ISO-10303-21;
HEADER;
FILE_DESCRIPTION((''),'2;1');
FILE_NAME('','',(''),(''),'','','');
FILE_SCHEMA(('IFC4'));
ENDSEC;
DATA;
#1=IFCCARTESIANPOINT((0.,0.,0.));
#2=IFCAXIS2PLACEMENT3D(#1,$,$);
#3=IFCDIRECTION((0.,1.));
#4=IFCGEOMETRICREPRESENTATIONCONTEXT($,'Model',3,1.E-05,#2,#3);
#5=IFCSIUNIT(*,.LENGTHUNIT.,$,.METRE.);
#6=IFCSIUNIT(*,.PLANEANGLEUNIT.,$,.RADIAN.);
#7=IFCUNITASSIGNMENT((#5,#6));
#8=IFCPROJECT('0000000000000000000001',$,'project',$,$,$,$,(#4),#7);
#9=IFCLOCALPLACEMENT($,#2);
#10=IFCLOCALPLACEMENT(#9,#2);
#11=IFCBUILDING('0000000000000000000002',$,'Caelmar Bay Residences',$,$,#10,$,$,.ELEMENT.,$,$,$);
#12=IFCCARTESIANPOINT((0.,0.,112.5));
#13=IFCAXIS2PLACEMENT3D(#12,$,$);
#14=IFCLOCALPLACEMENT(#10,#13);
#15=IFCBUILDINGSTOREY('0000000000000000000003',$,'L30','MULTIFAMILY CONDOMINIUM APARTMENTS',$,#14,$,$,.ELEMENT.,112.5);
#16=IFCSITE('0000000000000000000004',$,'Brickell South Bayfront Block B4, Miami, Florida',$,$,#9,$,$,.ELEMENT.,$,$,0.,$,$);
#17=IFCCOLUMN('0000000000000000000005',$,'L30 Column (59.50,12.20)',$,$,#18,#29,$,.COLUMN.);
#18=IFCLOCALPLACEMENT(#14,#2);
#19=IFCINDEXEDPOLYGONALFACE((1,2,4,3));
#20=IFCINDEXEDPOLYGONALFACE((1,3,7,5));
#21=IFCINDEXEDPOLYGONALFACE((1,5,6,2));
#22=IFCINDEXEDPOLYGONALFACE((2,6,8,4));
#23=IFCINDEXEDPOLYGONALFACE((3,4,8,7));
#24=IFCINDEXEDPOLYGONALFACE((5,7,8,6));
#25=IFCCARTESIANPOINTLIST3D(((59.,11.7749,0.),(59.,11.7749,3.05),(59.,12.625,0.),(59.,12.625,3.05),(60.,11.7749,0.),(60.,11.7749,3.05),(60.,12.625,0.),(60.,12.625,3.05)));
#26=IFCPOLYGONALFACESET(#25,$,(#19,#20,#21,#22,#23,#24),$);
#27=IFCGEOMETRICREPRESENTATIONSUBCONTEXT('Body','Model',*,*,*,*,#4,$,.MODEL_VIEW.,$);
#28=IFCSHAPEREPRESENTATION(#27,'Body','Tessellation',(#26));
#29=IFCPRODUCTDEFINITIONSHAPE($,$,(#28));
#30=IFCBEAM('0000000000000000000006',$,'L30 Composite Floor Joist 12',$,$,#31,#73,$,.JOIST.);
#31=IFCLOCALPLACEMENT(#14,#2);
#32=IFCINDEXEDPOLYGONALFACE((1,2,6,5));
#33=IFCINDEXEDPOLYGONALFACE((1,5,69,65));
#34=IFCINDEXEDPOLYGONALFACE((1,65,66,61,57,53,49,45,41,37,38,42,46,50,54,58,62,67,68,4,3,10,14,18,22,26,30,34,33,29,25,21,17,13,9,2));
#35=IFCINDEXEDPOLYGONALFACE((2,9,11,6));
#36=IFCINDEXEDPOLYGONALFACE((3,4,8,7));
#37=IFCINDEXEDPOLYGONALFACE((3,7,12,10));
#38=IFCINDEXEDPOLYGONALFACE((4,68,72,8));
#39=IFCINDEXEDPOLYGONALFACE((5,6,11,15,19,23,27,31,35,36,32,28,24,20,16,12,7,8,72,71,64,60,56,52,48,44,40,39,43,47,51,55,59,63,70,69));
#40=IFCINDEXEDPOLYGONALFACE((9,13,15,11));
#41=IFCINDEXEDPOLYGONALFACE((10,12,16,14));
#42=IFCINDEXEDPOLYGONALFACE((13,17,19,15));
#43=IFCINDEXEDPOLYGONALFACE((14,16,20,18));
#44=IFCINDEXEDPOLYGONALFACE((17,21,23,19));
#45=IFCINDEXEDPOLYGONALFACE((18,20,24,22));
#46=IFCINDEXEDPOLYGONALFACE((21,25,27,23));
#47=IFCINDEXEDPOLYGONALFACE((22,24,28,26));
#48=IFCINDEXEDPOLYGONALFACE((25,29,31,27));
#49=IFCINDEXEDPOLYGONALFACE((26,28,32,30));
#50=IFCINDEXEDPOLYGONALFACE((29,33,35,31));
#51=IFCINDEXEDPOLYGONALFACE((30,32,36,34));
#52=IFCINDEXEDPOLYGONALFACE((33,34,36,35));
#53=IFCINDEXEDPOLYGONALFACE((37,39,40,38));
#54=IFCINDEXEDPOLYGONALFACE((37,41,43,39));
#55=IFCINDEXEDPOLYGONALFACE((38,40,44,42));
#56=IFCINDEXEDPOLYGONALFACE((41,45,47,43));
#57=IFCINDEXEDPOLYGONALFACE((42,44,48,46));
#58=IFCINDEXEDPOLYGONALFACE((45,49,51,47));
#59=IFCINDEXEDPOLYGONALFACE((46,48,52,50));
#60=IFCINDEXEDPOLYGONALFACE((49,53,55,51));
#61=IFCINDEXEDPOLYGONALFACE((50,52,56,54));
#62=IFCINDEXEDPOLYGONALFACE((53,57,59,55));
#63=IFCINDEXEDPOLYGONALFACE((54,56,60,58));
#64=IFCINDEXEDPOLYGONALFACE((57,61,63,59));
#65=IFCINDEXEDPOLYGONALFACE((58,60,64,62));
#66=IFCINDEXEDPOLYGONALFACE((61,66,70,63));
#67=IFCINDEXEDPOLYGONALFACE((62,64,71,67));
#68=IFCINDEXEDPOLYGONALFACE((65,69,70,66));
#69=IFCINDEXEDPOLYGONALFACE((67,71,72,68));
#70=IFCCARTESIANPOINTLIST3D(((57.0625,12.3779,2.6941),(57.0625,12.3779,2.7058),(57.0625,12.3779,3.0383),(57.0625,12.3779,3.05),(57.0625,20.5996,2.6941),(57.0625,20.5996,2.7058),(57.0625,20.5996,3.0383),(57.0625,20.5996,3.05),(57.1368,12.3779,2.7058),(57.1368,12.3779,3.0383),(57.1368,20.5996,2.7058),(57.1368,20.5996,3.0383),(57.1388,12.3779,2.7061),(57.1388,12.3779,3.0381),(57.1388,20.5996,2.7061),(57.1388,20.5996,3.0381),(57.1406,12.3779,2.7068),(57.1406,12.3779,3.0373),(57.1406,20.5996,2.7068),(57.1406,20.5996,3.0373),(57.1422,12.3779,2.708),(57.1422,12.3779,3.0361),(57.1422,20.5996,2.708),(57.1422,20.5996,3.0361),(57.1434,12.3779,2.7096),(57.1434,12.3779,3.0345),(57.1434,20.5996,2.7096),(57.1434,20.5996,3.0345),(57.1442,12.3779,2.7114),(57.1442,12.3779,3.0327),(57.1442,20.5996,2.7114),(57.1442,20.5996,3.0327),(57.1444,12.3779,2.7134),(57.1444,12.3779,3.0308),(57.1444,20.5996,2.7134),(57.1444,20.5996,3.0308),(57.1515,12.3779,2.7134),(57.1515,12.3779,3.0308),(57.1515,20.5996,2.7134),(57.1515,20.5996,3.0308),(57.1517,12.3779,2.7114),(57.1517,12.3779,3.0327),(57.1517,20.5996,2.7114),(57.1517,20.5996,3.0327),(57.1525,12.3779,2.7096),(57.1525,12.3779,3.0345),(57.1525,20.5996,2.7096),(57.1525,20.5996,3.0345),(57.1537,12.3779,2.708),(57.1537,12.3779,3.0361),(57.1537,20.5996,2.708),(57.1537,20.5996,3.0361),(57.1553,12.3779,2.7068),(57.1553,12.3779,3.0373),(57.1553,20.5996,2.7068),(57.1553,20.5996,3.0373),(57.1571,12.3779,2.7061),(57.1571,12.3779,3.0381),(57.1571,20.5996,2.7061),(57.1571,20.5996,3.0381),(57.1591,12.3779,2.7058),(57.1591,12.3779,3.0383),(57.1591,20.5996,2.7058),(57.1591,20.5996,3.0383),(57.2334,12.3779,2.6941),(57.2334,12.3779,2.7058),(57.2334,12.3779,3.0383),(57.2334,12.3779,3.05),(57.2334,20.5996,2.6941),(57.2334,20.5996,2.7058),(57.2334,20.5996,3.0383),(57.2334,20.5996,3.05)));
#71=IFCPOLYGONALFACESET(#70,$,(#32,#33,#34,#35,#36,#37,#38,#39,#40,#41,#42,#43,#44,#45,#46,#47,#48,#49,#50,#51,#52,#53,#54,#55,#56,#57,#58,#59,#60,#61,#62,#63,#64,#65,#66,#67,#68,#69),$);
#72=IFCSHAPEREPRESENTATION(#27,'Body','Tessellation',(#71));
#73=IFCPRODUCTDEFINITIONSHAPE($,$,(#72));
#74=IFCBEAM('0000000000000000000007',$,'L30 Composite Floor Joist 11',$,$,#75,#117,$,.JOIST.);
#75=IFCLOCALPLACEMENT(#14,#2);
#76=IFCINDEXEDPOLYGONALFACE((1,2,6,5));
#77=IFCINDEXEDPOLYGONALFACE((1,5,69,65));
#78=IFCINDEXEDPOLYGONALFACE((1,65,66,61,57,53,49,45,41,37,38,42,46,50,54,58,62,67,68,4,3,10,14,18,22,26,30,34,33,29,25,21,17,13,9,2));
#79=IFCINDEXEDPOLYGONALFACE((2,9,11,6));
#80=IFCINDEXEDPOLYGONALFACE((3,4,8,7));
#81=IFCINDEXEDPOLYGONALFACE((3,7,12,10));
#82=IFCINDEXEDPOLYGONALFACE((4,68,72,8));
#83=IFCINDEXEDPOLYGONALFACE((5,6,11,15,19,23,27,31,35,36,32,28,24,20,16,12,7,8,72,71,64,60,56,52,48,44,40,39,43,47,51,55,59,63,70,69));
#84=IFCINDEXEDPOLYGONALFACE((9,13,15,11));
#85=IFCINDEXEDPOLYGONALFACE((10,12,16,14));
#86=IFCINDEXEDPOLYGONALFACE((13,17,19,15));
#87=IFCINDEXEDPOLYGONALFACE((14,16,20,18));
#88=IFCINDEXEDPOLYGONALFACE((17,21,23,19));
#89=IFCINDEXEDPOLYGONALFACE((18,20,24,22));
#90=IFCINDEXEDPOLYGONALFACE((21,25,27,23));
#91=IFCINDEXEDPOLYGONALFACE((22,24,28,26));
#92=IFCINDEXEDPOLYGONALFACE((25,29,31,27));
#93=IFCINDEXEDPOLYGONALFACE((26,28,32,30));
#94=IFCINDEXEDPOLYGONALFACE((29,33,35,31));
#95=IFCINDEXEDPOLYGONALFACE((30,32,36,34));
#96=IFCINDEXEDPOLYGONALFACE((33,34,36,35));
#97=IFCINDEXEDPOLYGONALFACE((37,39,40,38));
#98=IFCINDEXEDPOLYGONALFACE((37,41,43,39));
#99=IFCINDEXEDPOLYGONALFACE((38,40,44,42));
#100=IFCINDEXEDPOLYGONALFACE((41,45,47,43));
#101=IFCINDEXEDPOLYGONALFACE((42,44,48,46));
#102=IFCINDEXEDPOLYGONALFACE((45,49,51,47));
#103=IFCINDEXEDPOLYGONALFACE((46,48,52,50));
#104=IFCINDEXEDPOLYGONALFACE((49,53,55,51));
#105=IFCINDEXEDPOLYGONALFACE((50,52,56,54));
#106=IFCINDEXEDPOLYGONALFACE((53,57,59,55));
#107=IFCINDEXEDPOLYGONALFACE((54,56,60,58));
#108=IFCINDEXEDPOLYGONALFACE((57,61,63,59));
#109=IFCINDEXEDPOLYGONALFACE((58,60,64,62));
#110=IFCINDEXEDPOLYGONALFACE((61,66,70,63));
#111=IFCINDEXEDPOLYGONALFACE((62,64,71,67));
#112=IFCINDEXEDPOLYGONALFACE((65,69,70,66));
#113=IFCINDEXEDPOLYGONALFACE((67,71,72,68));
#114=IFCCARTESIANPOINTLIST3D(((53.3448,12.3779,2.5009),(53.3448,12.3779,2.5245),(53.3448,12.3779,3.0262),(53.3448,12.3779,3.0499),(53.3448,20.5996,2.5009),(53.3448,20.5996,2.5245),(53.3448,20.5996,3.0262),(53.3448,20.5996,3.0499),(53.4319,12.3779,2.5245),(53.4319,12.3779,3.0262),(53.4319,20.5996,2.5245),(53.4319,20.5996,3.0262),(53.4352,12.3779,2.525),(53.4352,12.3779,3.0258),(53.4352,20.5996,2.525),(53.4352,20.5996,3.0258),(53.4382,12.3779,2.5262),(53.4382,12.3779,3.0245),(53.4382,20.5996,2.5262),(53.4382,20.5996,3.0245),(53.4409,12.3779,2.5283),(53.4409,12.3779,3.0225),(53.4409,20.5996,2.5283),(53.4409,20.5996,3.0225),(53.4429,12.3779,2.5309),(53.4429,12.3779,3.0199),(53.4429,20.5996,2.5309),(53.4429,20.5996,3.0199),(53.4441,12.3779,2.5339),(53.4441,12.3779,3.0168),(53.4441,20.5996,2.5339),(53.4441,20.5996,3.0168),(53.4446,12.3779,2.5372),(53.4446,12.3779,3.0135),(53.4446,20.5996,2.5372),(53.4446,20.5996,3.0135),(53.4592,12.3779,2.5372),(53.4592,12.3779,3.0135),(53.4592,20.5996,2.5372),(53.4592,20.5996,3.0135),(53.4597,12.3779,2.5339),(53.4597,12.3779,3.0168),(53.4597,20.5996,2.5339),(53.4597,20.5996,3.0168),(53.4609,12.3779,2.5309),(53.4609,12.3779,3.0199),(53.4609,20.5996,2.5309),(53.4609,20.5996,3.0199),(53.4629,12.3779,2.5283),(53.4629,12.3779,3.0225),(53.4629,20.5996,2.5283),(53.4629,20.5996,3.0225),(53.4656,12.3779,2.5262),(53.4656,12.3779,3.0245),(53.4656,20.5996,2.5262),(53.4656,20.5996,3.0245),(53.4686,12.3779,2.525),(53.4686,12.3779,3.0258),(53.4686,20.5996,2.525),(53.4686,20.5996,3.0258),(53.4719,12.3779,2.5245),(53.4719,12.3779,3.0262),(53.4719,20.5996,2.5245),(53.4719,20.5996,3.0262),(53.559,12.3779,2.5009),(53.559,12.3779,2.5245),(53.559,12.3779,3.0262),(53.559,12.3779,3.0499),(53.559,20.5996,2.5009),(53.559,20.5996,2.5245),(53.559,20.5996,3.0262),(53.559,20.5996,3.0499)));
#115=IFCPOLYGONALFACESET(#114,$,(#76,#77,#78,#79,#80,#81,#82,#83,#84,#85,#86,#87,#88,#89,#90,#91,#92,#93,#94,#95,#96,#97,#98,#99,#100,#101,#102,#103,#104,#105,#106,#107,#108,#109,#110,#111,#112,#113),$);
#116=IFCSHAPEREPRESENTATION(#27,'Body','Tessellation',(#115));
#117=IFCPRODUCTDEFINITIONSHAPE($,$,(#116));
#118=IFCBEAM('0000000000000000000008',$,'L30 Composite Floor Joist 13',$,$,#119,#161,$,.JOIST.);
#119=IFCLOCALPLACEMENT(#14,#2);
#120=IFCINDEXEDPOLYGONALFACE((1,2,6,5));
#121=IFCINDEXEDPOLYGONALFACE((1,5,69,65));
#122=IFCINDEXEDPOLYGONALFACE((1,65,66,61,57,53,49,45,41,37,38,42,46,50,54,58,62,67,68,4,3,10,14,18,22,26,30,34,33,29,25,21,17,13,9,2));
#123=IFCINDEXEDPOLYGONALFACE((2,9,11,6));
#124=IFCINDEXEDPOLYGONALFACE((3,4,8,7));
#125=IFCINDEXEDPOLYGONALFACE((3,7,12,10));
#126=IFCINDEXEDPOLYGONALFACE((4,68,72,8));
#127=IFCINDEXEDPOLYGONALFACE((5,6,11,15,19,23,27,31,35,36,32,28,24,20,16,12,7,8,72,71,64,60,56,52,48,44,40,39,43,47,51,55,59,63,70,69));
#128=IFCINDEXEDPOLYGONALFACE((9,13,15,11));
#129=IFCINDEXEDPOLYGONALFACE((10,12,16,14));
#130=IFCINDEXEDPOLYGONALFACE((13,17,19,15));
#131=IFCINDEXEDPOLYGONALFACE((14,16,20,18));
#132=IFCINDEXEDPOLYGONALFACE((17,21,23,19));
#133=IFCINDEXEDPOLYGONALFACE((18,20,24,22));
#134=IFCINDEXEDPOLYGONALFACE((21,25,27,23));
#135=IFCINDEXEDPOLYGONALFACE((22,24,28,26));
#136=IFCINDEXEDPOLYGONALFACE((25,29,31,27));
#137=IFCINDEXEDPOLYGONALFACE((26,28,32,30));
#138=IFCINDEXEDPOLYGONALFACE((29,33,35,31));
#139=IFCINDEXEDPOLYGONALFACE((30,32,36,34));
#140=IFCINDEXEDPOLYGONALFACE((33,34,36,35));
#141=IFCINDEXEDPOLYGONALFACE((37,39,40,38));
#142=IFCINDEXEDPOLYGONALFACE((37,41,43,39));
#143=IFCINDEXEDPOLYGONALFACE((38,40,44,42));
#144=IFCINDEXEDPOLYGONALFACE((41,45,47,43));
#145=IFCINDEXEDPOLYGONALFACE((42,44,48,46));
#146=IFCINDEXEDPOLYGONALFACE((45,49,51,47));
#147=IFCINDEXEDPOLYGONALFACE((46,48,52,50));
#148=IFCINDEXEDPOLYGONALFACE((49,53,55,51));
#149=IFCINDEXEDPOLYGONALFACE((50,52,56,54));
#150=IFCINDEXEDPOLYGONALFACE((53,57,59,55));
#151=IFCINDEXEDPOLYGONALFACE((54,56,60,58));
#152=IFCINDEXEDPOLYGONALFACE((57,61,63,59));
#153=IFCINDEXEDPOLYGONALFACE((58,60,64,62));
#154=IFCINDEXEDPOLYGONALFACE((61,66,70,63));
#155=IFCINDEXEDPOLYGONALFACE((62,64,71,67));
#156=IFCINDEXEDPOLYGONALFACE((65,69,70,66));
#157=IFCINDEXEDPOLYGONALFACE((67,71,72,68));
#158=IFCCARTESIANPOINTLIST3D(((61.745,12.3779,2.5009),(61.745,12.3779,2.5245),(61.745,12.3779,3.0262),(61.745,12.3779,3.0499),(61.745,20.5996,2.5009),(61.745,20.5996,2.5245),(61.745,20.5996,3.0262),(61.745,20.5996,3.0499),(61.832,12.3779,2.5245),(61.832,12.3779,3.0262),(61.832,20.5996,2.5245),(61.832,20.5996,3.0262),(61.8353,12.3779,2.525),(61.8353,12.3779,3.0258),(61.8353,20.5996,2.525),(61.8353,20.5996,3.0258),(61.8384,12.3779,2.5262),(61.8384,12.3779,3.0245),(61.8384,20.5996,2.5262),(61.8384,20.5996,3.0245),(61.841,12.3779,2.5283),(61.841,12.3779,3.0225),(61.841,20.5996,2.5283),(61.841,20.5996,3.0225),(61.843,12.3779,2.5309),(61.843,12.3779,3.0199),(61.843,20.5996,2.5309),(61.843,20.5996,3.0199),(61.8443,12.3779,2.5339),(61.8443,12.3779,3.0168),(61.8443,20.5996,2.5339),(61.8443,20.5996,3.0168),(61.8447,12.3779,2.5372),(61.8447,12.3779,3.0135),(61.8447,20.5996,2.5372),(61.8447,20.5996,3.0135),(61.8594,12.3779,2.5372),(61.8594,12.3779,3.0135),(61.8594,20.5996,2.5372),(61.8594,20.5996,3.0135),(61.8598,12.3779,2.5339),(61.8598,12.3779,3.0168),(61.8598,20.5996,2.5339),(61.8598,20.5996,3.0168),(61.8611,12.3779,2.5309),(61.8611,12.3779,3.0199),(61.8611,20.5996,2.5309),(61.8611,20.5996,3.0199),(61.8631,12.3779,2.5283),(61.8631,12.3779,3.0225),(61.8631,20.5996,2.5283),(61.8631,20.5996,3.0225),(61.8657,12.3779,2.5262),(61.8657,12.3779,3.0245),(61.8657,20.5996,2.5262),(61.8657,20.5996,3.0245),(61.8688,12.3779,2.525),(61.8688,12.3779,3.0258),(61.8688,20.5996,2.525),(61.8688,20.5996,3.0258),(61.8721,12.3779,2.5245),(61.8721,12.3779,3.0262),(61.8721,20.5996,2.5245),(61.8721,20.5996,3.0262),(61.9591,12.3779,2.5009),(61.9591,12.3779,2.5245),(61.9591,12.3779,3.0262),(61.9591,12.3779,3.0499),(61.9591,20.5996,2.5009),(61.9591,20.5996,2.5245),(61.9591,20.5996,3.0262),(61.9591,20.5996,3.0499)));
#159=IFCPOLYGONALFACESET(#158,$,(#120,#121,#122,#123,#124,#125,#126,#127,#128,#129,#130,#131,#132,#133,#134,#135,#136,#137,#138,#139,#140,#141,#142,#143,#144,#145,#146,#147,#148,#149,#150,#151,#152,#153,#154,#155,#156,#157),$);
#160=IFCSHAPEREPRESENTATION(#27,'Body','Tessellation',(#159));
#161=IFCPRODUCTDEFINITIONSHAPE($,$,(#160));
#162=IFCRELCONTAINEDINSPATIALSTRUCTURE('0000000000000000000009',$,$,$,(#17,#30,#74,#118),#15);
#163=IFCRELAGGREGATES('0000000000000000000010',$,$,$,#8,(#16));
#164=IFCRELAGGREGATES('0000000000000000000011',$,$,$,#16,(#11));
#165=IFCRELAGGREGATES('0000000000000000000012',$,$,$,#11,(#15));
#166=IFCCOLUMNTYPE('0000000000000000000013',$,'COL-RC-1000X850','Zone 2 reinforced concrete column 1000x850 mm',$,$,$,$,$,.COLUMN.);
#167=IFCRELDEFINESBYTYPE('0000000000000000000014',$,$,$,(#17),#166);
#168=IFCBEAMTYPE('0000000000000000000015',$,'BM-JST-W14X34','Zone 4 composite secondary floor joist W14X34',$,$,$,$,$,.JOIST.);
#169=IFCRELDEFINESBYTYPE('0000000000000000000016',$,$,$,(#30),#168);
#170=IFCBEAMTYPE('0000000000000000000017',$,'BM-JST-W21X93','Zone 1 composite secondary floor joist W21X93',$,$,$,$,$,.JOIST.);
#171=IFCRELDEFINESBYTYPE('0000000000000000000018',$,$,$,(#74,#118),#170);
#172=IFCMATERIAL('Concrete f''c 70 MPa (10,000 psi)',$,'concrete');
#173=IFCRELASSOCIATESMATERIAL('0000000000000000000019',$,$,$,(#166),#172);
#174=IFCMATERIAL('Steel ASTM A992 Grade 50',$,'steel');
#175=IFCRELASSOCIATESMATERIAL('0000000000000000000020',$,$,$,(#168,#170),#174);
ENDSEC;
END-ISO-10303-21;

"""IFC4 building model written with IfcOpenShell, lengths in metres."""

from ifc_helpers import new_model, si_unit, direction, frame, origin, origin_2d, place, context, subcontext, project, spatial, rectangle, i_section, extrude, material, material_profile, profile_set, type_object, element, save


model = new_model("IFC4")

# Units and contexts
model_context = context("Model", 3, precision=1e-05, world=origin(), true_north=direction((0.0, 1.0)))
body_context = subcontext(model_context, "Body", "Model", "MODEL_VIEW")
ifc_project = project(units=[si_unit("LENGTHUNIT", "METRE"), si_unit("PLANEANGLEUNIT", "RADIAN")], contexts=[model_context])

# Site, building, storey
site_placement = place(None, origin())
site = spatial("IfcSite", under=ifc_project, at=site_placement, Name="Brickell South Bayfront Block B4, Miami, Florida", CompositionType="ELEMENT", RefElevation=0.0)
building_placement = place(site_placement, origin())
building = spatial("IfcBuilding", under=site, at=building_placement, Name="Caelmar Bay Residences", CompositionType="ELEMENT")
storey_placement = place(building_placement, frame((0.0, 0.0, 112.5)))
storey = spatial("IfcBuildingStorey", under=building, at=storey_placement, Name="L30", Description="MULTIFAMILY CONDOMINIUM APARTMENTS", CompositionType="ELEMENT", Elevation=112.5)

# Column
ifc_material_1 = material(Name="Concrete f'c 70 MPa (10,000 psi)", Category="concrete")
ifc_material_profile_1 = material_profile(ifc_material_1, rectangle(XDim=1.0, YDim=0.8501, at=origin_2d()), Name="RC-COL-1000X850")
ifc_profile_set_1 = profile_set([ifc_material_profile_1], Name="Concrete f'c 70 MPa (10,000 psi)")
column_type = type_object("IfcColumnType", Name="COL-RC-1000X850", Description="Zone 2 reinforced concrete column 1000x850 mm", PredefinedType="COLUMN", material=ifc_profile_set_1)
column_placement = place(storey_placement, frame((59.5, 12.2, 0.0), z_axis=(0.0, 0.0, 1.0), x_axis=(1.0, 0.0, 0.0)))
element("IfcColumn", 1, at=column_placement, inside=storey, type_object=column_type, Name="L30 Column (59.50,12.20)", PredefinedType="COLUMN", context=body_context, shape_type="SweptSolid", body=[
    extrude(rectangle(XDim=1.0, YDim=0.8501, at=origin_2d()), origin(), (0.0, 0.0, 1.0), 3.05),
])

# Beams
ifc_material_2 = material(Name="Steel ASTM A992 Grade 50", Category="steel")
ifc_material_profile_2 = material_profile(ifc_material_2, i_section(OverallWidth=0.1709, OverallDepth=0.356, WebThickness=0.0071, FlangeThickness=0.0117, FilletRadius=0.0076, at=origin_2d()), Name="W14X34")
ifc_profile_set_2 = profile_set([ifc_material_profile_2], Name="Steel ASTM A992 Grade 50")
beam_type_1 = type_object("IfcBeamType", Name="BM-JST-W14X34", Description="Zone 4 composite secondary floor joist W14X34", PredefinedType="JOIST", material=ifc_profile_set_2)
beam_placement = place(storey_placement, frame((57.1479, 12.3779, 2.8721), z_axis=(0.0, 1.0, 0.0), x_axis=(-1.0, 0.0, 0.0)))
element("IfcBeam", 2, at=beam_placement, inside=storey, type_object=beam_type_1, Name="L30 Composite Floor Joist 12", PredefinedType="JOIST", context=body_context, shape_type="SweptSolid", body=[
    extrude(i_section(OverallWidth=0.1709, OverallDepth=0.356, WebThickness=0.0071, FlangeThickness=0.0117, FilletRadius=0.0076, at=origin_2d()), origin(), (0.0, 0.0, 1.0), 8.2217),
])
ifc_material_profile_3 = material_profile(ifc_material_2, i_section(OverallWidth=0.2141, OverallDepth=0.5491, WebThickness=0.0146, FlangeThickness=0.0237, FilletRadius=0.0127, at=origin_2d()), Name="W21X93")
ifc_profile_set_3 = profile_set([ifc_material_profile_3], Name="Steel ASTM A992 Grade 50")
beam_type_2 = type_object("IfcBeamType", Name="BM-JST-W21X93", Description="Zone 1 composite secondary floor joist W21X93", PredefinedType="JOIST", material=ifc_profile_set_3)
for number, where, z_axis, x_axis, name in (
    (3, (53.4519, 12.3779, 2.7754), (0.0, 1.0, 0.0), (-1.0, 0.0, 0.0), "L30 Composite Floor Joist 11"),
    (4, (61.8521, 12.3779, 2.7754), (0.0, 1.0, 0.0), (-1.0, 0.0, 0.0), "L30 Composite Floor Joist 13"),
):
    element("IfcBeam", number, at=place(storey_placement, frame(where, z_axis=z_axis, x_axis=x_axis)), inside=storey, type_object=beam_type_2, Name=name, PredefinedType="JOIST", context=body_context, shape_type="SweptSolid", body=[
        extrude(i_section(OverallWidth=0.2141, OverallDepth=0.5491, WebThickness=0.0146, FlangeThickness=0.0237, FilletRadius=0.0127, at=origin_2d()), origin(), (0.0, 0.0, 1.0), 8.2217),
    ])

save(model, "model.ifc")
